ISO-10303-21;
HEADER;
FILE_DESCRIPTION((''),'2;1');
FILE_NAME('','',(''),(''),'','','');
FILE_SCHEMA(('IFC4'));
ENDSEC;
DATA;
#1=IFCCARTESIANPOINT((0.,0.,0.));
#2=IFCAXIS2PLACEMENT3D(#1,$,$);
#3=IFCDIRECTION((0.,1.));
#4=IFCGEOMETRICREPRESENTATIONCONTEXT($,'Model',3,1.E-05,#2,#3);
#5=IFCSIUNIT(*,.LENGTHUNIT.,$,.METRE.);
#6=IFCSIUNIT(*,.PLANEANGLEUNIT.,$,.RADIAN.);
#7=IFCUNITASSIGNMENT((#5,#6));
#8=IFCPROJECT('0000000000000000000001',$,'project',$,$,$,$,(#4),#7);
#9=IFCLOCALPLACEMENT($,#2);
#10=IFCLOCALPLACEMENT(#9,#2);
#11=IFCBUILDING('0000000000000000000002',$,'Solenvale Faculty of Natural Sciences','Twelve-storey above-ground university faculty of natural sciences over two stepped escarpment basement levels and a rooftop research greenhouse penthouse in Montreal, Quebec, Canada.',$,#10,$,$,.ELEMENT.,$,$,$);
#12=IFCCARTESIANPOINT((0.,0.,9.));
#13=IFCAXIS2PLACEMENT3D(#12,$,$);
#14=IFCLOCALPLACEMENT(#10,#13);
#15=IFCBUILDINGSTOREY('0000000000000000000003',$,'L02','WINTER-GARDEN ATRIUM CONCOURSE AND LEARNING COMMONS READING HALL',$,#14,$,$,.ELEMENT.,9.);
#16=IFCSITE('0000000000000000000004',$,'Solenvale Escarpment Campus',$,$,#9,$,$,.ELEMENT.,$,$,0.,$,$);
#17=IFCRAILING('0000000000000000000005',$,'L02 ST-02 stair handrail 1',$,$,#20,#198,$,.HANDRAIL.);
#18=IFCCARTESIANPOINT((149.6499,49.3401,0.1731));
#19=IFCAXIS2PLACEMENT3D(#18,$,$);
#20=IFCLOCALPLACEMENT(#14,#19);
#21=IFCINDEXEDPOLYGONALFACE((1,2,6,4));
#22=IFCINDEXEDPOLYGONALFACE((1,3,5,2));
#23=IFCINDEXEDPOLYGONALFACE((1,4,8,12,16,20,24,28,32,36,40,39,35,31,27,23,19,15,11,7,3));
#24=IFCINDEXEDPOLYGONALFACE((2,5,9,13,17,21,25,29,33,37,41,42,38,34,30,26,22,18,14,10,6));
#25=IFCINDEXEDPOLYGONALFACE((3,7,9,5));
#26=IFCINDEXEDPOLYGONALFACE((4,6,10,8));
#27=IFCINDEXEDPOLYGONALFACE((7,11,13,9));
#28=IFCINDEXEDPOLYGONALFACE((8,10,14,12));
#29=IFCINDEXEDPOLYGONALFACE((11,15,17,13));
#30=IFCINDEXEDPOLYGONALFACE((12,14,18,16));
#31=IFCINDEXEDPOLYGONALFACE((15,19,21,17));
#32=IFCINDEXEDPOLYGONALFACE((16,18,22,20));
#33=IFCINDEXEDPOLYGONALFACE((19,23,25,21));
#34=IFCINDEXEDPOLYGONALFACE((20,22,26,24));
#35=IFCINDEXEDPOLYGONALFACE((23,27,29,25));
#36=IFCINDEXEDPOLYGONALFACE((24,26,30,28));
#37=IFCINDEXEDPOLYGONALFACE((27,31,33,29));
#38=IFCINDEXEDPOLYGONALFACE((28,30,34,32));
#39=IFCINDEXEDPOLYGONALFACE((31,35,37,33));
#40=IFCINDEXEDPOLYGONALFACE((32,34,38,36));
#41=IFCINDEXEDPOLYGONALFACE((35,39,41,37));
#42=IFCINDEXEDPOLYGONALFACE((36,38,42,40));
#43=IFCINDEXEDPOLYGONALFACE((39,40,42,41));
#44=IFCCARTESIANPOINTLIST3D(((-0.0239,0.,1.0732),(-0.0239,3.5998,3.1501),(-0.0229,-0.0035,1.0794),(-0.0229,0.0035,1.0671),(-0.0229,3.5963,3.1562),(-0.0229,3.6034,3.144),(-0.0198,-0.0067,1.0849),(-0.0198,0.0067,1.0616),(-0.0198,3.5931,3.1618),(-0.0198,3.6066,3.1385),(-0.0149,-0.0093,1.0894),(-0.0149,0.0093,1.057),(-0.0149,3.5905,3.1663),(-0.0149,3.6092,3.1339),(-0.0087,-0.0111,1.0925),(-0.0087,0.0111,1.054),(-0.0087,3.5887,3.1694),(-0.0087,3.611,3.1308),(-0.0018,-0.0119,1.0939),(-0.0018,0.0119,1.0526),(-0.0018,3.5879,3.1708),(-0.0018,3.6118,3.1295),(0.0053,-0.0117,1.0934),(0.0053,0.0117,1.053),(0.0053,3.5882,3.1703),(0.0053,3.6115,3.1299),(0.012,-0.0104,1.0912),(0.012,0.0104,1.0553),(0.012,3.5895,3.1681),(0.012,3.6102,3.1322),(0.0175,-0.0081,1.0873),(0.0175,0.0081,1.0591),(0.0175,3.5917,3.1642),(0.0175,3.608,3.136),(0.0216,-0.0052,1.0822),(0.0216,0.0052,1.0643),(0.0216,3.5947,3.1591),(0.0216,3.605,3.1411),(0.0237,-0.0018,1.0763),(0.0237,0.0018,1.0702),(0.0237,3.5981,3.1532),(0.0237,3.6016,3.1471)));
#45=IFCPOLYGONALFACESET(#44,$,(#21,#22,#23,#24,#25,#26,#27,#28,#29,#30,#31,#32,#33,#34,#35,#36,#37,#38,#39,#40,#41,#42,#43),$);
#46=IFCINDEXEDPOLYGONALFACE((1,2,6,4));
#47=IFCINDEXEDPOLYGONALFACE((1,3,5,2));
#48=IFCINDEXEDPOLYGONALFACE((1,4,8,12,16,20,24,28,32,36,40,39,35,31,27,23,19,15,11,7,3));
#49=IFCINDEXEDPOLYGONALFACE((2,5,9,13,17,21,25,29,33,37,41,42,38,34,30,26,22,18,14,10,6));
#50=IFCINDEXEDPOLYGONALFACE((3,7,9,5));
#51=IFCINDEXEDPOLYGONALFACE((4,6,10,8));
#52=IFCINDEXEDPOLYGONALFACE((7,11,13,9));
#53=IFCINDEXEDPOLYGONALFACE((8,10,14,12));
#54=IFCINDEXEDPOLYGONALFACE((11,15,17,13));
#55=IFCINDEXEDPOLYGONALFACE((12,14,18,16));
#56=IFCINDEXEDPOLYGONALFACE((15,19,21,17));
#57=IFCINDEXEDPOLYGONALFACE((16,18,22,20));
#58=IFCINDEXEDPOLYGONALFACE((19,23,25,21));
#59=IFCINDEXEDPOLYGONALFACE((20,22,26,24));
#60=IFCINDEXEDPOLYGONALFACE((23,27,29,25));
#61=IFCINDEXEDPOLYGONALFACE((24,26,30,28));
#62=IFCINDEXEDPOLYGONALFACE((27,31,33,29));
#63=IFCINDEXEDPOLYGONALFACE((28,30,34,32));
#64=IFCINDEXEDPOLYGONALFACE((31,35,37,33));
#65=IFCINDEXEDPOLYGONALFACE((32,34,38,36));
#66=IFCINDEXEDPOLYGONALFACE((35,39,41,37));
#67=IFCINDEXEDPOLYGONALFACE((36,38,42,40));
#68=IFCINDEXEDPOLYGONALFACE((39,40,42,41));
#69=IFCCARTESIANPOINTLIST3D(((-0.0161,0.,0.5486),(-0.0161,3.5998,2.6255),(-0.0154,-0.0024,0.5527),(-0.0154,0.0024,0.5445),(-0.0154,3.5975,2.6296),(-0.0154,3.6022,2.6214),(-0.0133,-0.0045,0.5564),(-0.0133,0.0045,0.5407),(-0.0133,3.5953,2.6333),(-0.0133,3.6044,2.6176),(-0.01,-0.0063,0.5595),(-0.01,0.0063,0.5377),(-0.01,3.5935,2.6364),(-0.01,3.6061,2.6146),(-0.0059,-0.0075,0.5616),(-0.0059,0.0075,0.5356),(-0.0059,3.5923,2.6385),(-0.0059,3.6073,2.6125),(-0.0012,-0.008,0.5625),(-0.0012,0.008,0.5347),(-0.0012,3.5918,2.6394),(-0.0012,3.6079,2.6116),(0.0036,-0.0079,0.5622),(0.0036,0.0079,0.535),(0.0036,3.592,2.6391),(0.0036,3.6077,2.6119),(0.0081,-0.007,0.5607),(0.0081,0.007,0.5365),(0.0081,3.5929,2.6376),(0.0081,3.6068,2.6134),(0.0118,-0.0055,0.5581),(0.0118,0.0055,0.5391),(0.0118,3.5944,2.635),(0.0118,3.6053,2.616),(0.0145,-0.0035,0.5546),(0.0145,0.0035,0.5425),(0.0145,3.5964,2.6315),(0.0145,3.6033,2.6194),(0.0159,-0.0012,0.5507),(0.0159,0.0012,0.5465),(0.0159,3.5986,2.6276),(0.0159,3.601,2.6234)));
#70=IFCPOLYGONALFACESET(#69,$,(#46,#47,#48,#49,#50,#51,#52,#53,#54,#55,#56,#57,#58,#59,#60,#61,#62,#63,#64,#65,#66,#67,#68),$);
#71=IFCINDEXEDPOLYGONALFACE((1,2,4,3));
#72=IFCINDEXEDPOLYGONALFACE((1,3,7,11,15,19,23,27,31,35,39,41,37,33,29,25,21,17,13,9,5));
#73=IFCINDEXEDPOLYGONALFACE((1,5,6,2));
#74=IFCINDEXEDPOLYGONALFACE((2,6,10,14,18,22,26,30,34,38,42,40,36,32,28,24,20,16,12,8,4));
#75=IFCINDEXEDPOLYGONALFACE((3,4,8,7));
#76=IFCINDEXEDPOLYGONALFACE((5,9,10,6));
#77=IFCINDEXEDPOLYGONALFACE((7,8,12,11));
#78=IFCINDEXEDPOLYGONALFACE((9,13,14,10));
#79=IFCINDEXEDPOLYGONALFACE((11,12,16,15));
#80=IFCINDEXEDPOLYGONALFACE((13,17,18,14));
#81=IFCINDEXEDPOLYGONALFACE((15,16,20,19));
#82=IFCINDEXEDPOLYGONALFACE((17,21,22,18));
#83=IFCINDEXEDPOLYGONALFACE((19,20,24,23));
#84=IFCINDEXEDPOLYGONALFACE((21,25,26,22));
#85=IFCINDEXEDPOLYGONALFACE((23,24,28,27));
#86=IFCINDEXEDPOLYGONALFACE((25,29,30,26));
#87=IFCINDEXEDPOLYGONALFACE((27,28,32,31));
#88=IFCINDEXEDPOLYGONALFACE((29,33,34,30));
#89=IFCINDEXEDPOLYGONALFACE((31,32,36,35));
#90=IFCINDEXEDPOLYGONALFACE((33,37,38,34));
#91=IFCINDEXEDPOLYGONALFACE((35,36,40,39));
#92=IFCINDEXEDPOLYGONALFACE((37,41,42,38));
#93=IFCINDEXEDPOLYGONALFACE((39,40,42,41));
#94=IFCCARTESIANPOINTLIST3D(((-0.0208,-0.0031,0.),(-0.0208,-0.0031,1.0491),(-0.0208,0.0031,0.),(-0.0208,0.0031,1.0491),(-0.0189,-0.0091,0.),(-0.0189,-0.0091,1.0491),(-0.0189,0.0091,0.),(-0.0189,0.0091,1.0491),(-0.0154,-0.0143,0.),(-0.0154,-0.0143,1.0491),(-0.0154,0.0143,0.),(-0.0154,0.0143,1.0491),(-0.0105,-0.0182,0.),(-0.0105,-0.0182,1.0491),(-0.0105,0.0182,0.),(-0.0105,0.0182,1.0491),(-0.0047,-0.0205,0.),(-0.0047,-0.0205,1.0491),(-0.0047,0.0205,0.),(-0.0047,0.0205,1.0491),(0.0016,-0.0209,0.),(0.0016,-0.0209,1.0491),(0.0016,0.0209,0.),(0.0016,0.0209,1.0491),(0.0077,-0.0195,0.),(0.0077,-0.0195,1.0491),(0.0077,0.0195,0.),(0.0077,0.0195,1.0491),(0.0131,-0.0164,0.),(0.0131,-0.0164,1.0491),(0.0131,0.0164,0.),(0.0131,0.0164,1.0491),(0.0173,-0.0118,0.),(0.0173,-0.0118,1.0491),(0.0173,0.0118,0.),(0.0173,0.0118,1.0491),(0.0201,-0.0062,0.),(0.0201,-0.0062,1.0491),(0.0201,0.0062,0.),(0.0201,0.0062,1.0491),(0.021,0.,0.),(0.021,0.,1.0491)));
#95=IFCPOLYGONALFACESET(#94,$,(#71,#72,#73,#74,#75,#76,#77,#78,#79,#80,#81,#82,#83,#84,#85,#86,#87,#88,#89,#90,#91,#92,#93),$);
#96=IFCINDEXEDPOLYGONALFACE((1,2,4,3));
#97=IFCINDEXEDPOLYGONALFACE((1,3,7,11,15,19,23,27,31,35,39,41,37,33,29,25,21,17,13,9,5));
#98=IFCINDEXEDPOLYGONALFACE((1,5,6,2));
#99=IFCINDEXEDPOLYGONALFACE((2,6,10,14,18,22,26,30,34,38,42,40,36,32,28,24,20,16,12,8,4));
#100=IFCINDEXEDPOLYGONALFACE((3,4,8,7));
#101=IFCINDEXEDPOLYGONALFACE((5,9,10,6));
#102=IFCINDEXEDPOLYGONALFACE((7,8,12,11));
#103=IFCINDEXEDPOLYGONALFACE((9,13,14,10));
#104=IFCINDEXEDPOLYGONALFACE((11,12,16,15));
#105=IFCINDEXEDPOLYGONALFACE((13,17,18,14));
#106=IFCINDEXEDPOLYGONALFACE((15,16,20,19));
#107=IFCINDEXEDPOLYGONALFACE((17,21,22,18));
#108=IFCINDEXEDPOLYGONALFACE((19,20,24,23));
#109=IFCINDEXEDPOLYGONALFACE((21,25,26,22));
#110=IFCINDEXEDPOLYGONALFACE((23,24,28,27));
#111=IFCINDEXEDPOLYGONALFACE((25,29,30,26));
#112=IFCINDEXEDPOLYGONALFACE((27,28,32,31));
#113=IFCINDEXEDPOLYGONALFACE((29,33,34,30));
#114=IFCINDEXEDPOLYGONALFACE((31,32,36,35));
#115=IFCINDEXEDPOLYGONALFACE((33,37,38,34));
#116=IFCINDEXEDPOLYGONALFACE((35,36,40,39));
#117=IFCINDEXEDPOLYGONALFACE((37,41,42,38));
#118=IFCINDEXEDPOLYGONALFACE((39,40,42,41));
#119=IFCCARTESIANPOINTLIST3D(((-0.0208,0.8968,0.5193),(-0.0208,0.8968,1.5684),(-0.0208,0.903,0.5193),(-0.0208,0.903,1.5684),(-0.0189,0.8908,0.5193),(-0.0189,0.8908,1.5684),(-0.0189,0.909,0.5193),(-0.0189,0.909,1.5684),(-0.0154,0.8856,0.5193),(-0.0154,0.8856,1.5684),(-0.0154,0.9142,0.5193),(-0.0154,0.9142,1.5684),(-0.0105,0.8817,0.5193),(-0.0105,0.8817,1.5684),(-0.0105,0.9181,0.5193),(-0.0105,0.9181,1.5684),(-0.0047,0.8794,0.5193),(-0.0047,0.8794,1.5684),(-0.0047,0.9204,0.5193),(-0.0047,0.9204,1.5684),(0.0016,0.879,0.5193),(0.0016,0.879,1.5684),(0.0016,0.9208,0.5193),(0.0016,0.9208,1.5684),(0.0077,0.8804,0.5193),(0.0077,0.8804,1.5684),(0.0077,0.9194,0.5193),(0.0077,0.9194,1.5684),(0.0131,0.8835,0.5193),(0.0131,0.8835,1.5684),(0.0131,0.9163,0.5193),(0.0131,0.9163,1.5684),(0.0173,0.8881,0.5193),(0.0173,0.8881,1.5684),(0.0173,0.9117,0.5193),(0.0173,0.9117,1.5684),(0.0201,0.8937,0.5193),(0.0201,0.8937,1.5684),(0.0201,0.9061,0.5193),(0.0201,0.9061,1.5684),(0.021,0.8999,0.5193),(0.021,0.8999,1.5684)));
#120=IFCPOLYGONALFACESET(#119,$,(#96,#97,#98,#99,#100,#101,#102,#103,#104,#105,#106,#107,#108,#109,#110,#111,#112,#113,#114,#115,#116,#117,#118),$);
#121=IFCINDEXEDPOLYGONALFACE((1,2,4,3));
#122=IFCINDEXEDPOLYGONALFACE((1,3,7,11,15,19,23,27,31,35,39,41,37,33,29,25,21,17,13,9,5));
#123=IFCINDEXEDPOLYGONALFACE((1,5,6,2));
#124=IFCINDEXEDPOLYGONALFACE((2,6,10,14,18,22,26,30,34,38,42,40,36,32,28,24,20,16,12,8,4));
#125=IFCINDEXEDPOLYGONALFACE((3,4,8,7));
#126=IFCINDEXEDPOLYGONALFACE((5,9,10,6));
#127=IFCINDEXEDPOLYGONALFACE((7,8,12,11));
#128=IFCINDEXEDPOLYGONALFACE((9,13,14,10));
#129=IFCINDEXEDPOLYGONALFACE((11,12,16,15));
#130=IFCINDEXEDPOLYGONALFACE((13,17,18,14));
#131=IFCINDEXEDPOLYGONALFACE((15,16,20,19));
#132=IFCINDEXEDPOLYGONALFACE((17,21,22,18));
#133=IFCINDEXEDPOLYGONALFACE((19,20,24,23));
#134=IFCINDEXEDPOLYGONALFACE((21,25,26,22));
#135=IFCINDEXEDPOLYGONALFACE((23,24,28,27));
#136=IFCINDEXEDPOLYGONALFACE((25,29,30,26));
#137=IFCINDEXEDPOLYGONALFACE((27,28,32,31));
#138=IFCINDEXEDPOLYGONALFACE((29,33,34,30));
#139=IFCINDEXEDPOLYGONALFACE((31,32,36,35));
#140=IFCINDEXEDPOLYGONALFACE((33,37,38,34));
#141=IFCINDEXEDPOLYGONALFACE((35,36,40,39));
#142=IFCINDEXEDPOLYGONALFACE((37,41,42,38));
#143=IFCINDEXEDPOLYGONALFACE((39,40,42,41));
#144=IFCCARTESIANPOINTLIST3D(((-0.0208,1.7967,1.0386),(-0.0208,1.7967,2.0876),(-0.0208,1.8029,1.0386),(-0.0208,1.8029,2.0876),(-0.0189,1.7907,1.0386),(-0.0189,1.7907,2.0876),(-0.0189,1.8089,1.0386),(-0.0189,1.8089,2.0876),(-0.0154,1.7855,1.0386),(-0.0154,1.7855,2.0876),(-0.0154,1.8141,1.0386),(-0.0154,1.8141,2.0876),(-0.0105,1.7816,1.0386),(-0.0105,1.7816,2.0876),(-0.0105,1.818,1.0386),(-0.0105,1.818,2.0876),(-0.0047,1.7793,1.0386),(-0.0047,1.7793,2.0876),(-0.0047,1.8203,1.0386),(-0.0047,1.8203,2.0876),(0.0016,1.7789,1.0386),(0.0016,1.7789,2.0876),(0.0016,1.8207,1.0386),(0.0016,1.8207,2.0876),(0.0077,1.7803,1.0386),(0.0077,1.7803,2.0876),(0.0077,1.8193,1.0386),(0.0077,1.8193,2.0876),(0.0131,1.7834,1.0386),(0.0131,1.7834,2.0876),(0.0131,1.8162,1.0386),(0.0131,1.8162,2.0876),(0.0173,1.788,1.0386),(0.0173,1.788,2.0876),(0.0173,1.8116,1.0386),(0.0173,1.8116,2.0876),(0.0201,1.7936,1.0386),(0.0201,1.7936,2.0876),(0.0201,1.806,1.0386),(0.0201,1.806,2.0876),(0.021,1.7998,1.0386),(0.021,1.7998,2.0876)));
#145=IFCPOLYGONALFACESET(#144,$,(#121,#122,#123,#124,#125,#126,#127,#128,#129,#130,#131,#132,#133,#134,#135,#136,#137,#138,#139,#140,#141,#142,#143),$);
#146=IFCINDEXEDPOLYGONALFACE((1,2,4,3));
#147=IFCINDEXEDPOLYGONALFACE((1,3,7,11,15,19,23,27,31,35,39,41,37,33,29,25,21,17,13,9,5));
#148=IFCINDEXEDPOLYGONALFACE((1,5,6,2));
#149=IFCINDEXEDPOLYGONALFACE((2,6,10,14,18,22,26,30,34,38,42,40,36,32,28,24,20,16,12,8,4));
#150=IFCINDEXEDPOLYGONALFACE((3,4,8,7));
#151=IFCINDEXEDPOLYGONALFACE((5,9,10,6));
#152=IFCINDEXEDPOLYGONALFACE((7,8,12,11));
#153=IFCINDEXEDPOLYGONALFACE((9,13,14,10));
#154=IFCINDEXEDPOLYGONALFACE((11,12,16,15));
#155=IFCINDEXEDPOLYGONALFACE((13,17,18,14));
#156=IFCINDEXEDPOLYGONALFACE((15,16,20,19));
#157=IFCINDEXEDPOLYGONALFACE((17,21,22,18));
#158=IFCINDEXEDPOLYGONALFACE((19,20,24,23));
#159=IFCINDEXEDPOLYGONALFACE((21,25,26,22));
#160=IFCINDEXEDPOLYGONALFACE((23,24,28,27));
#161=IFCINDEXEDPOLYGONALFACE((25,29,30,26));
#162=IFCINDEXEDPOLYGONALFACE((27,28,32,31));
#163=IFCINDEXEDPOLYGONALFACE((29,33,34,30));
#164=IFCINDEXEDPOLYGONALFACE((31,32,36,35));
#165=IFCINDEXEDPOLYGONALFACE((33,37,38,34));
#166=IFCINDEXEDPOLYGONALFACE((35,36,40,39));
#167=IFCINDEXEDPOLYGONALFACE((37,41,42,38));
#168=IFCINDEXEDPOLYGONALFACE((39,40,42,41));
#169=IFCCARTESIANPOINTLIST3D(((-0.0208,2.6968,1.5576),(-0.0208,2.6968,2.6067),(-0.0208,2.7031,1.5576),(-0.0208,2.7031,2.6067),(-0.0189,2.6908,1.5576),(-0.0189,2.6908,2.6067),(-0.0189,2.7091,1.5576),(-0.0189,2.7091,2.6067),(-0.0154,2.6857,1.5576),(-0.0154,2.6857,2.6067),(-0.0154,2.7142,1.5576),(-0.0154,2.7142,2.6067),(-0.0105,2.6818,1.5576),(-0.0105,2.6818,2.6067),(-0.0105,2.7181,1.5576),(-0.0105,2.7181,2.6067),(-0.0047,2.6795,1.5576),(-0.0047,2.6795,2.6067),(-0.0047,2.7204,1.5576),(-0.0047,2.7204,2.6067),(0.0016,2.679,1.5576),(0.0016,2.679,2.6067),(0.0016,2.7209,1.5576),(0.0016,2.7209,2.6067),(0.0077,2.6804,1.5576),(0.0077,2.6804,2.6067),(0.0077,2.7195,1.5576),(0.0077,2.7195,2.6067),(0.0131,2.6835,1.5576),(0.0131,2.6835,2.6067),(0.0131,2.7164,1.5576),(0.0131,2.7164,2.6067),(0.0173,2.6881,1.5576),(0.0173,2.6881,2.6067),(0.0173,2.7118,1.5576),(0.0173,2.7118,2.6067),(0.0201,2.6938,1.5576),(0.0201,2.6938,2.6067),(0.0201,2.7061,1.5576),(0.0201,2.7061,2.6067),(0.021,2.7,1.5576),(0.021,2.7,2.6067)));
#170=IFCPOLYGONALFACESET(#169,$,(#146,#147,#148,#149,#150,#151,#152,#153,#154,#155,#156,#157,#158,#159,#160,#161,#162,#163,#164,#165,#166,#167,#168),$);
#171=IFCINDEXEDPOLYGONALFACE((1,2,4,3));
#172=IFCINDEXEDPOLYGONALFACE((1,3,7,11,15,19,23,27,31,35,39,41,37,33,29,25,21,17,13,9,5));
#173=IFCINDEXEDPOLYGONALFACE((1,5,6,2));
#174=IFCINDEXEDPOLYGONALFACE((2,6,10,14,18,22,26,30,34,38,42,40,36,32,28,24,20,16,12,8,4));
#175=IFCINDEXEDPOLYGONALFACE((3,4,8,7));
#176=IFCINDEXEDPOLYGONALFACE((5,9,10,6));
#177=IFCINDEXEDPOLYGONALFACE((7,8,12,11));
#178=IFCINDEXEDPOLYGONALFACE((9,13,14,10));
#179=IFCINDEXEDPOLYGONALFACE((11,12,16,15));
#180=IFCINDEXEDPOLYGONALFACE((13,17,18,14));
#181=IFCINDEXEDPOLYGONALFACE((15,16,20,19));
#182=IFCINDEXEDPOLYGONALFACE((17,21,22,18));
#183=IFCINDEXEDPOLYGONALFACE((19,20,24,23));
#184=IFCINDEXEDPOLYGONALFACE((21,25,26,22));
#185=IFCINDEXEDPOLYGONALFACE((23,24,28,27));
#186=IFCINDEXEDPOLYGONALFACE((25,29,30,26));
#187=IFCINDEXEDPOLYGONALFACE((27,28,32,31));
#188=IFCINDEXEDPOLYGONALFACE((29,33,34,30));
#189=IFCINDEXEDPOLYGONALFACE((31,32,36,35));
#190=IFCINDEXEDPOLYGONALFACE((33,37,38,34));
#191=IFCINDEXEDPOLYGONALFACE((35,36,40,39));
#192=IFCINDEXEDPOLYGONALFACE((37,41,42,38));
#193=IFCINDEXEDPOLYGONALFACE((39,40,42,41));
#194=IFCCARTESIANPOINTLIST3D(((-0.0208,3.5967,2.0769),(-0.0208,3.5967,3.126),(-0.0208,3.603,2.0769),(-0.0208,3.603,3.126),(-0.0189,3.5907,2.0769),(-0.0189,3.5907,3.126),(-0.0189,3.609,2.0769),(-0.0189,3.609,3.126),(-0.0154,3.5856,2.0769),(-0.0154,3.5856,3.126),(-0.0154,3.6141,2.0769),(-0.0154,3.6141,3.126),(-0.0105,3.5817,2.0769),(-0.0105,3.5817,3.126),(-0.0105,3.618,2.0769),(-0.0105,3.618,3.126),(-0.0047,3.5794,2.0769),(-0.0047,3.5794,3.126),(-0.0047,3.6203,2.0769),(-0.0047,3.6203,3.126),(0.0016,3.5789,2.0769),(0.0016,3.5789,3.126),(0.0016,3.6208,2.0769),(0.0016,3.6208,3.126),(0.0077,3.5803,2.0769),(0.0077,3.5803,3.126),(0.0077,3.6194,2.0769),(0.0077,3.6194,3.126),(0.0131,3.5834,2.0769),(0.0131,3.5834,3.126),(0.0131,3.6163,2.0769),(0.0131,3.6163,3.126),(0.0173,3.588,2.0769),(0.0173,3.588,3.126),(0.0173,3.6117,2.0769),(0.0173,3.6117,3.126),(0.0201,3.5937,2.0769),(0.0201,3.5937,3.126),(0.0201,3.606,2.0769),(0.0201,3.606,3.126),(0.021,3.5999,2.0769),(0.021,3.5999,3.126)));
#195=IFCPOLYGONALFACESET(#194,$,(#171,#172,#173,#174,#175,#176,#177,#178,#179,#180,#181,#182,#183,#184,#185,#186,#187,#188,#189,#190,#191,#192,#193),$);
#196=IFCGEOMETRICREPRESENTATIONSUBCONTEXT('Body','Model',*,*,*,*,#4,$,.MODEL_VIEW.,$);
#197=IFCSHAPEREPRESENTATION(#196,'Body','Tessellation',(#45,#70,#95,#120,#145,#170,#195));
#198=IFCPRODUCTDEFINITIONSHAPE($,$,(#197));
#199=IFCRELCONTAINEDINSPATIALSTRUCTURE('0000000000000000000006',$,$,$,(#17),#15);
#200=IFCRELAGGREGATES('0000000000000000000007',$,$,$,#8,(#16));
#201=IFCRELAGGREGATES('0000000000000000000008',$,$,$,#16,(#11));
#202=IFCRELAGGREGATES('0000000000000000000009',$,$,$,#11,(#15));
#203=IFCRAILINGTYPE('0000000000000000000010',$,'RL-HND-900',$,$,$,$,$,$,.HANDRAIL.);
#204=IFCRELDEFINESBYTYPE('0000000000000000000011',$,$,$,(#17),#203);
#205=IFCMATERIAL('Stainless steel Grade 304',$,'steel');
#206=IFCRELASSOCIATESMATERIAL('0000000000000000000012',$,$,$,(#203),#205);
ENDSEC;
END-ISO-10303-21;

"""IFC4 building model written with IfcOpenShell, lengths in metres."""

from ifc_helpers import new_model, si_unit, direction, frame, origin, origin_2d, place, context, subcontext, project, spatial, circle, extrude, material, type_object, element, save


model = new_model("IFC4")

# Units and contexts
model_context = context("Model", 3, precision=1e-05, world=origin(), true_north=direction((0.0, 1.0)))
body_context = subcontext(model_context, "Body", "Model", "MODEL_VIEW")
ifc_project = project(units=[si_unit("LENGTHUNIT", "METRE"), si_unit("PLANEANGLEUNIT", "RADIAN")], contexts=[model_context])

# Site, building, storey
site_placement = place(None, origin())
site = spatial("IfcSite", under=ifc_project, at=site_placement, Name="Solenvale Escarpment Campus", CompositionType="ELEMENT", RefElevation=0.0)
building_placement = place(site_placement, origin())
building = spatial("IfcBuilding", under=site, at=building_placement, Name="Solenvale Faculty of Natural Sciences", Description="Twelve-storey above-ground university faculty of natural sciences over two stepped escarpment basement levels and a rooftop research greenhouse penthouse in Montreal, Quebec, Canada.", CompositionType="ELEMENT")
storey_placement = place(building_placement, frame((0.0, 0.0, 9.0)))
storey = spatial("IfcBuildingStorey", under=building, at=storey_placement, Name="L02", Description="WINTER-GARDEN ATRIUM CONCOURSE AND LEARNING COMMONS READING HALL", CompositionType="ELEMENT", Elevation=9.0)

# Shared definitions
ifc_material_1 = material(Name="Stainless steel Grade 304", Category="steel")

# Railing
railing_type_1 = type_object("IfcRailingType", Name="RL-HND-900", PredefinedType="HANDRAIL", material=ifc_material_1)
railing_1_placement = place(storey_placement, frame((149.6499, 49.3401, 0.1731)))
element("IfcRailing", 1, at=railing_1_placement, inside=storey, type_object=railing_type_1, Name="L02 ST-02 stair handrail 1", PredefinedType="HANDRAIL", context=body_context, shape_type="SweptSolid", body=[
    extrude(circle(Radius=0.0239, at=origin_2d()), frame((0.0, 0.0, 1.0732), z_axis=(0.0, 0.866179, 0.499734), x_axis=(-1.0, 0.0, 0.0)), (0.0, 0.0, 1.0), 4.156),
    extrude(circle(Radius=0.0161, at=origin_2d()), frame((0.0, 0.0, 0.5486), z_axis=(0.0, 0.866179, 0.499734), x_axis=(-1.0, 0.0, 0.0)), (0.0, 0.0, 1.0), 4.156),
    extrude(circle(Radius=0.021, at=origin_2d()), origin(), (0.0, 0.0, 1.0), 1.0491),
    extrude(circle(Radius=0.021, at=origin_2d()), frame((0.0, 0.8999, 0.5193)), (0.0, 0.0, 1.0), 1.0491),
    extrude(circle(Radius=0.021, at=origin_2d()), frame((0.0, 1.7998, 1.0386)), (0.0, 0.0, 1.0), 1.0491),
    extrude(circle(Radius=0.021, at=origin_2d()), frame((0.0, 2.7, 1.5576)), (0.0, 0.0, 1.0), 1.0491),
    extrude(circle(Radius=0.021, at=origin_2d()), frame((0.0, 3.5999, 2.0769)), (0.0, 0.0, 1.0), 1.0491),
])

save(model, "model.ifc")
